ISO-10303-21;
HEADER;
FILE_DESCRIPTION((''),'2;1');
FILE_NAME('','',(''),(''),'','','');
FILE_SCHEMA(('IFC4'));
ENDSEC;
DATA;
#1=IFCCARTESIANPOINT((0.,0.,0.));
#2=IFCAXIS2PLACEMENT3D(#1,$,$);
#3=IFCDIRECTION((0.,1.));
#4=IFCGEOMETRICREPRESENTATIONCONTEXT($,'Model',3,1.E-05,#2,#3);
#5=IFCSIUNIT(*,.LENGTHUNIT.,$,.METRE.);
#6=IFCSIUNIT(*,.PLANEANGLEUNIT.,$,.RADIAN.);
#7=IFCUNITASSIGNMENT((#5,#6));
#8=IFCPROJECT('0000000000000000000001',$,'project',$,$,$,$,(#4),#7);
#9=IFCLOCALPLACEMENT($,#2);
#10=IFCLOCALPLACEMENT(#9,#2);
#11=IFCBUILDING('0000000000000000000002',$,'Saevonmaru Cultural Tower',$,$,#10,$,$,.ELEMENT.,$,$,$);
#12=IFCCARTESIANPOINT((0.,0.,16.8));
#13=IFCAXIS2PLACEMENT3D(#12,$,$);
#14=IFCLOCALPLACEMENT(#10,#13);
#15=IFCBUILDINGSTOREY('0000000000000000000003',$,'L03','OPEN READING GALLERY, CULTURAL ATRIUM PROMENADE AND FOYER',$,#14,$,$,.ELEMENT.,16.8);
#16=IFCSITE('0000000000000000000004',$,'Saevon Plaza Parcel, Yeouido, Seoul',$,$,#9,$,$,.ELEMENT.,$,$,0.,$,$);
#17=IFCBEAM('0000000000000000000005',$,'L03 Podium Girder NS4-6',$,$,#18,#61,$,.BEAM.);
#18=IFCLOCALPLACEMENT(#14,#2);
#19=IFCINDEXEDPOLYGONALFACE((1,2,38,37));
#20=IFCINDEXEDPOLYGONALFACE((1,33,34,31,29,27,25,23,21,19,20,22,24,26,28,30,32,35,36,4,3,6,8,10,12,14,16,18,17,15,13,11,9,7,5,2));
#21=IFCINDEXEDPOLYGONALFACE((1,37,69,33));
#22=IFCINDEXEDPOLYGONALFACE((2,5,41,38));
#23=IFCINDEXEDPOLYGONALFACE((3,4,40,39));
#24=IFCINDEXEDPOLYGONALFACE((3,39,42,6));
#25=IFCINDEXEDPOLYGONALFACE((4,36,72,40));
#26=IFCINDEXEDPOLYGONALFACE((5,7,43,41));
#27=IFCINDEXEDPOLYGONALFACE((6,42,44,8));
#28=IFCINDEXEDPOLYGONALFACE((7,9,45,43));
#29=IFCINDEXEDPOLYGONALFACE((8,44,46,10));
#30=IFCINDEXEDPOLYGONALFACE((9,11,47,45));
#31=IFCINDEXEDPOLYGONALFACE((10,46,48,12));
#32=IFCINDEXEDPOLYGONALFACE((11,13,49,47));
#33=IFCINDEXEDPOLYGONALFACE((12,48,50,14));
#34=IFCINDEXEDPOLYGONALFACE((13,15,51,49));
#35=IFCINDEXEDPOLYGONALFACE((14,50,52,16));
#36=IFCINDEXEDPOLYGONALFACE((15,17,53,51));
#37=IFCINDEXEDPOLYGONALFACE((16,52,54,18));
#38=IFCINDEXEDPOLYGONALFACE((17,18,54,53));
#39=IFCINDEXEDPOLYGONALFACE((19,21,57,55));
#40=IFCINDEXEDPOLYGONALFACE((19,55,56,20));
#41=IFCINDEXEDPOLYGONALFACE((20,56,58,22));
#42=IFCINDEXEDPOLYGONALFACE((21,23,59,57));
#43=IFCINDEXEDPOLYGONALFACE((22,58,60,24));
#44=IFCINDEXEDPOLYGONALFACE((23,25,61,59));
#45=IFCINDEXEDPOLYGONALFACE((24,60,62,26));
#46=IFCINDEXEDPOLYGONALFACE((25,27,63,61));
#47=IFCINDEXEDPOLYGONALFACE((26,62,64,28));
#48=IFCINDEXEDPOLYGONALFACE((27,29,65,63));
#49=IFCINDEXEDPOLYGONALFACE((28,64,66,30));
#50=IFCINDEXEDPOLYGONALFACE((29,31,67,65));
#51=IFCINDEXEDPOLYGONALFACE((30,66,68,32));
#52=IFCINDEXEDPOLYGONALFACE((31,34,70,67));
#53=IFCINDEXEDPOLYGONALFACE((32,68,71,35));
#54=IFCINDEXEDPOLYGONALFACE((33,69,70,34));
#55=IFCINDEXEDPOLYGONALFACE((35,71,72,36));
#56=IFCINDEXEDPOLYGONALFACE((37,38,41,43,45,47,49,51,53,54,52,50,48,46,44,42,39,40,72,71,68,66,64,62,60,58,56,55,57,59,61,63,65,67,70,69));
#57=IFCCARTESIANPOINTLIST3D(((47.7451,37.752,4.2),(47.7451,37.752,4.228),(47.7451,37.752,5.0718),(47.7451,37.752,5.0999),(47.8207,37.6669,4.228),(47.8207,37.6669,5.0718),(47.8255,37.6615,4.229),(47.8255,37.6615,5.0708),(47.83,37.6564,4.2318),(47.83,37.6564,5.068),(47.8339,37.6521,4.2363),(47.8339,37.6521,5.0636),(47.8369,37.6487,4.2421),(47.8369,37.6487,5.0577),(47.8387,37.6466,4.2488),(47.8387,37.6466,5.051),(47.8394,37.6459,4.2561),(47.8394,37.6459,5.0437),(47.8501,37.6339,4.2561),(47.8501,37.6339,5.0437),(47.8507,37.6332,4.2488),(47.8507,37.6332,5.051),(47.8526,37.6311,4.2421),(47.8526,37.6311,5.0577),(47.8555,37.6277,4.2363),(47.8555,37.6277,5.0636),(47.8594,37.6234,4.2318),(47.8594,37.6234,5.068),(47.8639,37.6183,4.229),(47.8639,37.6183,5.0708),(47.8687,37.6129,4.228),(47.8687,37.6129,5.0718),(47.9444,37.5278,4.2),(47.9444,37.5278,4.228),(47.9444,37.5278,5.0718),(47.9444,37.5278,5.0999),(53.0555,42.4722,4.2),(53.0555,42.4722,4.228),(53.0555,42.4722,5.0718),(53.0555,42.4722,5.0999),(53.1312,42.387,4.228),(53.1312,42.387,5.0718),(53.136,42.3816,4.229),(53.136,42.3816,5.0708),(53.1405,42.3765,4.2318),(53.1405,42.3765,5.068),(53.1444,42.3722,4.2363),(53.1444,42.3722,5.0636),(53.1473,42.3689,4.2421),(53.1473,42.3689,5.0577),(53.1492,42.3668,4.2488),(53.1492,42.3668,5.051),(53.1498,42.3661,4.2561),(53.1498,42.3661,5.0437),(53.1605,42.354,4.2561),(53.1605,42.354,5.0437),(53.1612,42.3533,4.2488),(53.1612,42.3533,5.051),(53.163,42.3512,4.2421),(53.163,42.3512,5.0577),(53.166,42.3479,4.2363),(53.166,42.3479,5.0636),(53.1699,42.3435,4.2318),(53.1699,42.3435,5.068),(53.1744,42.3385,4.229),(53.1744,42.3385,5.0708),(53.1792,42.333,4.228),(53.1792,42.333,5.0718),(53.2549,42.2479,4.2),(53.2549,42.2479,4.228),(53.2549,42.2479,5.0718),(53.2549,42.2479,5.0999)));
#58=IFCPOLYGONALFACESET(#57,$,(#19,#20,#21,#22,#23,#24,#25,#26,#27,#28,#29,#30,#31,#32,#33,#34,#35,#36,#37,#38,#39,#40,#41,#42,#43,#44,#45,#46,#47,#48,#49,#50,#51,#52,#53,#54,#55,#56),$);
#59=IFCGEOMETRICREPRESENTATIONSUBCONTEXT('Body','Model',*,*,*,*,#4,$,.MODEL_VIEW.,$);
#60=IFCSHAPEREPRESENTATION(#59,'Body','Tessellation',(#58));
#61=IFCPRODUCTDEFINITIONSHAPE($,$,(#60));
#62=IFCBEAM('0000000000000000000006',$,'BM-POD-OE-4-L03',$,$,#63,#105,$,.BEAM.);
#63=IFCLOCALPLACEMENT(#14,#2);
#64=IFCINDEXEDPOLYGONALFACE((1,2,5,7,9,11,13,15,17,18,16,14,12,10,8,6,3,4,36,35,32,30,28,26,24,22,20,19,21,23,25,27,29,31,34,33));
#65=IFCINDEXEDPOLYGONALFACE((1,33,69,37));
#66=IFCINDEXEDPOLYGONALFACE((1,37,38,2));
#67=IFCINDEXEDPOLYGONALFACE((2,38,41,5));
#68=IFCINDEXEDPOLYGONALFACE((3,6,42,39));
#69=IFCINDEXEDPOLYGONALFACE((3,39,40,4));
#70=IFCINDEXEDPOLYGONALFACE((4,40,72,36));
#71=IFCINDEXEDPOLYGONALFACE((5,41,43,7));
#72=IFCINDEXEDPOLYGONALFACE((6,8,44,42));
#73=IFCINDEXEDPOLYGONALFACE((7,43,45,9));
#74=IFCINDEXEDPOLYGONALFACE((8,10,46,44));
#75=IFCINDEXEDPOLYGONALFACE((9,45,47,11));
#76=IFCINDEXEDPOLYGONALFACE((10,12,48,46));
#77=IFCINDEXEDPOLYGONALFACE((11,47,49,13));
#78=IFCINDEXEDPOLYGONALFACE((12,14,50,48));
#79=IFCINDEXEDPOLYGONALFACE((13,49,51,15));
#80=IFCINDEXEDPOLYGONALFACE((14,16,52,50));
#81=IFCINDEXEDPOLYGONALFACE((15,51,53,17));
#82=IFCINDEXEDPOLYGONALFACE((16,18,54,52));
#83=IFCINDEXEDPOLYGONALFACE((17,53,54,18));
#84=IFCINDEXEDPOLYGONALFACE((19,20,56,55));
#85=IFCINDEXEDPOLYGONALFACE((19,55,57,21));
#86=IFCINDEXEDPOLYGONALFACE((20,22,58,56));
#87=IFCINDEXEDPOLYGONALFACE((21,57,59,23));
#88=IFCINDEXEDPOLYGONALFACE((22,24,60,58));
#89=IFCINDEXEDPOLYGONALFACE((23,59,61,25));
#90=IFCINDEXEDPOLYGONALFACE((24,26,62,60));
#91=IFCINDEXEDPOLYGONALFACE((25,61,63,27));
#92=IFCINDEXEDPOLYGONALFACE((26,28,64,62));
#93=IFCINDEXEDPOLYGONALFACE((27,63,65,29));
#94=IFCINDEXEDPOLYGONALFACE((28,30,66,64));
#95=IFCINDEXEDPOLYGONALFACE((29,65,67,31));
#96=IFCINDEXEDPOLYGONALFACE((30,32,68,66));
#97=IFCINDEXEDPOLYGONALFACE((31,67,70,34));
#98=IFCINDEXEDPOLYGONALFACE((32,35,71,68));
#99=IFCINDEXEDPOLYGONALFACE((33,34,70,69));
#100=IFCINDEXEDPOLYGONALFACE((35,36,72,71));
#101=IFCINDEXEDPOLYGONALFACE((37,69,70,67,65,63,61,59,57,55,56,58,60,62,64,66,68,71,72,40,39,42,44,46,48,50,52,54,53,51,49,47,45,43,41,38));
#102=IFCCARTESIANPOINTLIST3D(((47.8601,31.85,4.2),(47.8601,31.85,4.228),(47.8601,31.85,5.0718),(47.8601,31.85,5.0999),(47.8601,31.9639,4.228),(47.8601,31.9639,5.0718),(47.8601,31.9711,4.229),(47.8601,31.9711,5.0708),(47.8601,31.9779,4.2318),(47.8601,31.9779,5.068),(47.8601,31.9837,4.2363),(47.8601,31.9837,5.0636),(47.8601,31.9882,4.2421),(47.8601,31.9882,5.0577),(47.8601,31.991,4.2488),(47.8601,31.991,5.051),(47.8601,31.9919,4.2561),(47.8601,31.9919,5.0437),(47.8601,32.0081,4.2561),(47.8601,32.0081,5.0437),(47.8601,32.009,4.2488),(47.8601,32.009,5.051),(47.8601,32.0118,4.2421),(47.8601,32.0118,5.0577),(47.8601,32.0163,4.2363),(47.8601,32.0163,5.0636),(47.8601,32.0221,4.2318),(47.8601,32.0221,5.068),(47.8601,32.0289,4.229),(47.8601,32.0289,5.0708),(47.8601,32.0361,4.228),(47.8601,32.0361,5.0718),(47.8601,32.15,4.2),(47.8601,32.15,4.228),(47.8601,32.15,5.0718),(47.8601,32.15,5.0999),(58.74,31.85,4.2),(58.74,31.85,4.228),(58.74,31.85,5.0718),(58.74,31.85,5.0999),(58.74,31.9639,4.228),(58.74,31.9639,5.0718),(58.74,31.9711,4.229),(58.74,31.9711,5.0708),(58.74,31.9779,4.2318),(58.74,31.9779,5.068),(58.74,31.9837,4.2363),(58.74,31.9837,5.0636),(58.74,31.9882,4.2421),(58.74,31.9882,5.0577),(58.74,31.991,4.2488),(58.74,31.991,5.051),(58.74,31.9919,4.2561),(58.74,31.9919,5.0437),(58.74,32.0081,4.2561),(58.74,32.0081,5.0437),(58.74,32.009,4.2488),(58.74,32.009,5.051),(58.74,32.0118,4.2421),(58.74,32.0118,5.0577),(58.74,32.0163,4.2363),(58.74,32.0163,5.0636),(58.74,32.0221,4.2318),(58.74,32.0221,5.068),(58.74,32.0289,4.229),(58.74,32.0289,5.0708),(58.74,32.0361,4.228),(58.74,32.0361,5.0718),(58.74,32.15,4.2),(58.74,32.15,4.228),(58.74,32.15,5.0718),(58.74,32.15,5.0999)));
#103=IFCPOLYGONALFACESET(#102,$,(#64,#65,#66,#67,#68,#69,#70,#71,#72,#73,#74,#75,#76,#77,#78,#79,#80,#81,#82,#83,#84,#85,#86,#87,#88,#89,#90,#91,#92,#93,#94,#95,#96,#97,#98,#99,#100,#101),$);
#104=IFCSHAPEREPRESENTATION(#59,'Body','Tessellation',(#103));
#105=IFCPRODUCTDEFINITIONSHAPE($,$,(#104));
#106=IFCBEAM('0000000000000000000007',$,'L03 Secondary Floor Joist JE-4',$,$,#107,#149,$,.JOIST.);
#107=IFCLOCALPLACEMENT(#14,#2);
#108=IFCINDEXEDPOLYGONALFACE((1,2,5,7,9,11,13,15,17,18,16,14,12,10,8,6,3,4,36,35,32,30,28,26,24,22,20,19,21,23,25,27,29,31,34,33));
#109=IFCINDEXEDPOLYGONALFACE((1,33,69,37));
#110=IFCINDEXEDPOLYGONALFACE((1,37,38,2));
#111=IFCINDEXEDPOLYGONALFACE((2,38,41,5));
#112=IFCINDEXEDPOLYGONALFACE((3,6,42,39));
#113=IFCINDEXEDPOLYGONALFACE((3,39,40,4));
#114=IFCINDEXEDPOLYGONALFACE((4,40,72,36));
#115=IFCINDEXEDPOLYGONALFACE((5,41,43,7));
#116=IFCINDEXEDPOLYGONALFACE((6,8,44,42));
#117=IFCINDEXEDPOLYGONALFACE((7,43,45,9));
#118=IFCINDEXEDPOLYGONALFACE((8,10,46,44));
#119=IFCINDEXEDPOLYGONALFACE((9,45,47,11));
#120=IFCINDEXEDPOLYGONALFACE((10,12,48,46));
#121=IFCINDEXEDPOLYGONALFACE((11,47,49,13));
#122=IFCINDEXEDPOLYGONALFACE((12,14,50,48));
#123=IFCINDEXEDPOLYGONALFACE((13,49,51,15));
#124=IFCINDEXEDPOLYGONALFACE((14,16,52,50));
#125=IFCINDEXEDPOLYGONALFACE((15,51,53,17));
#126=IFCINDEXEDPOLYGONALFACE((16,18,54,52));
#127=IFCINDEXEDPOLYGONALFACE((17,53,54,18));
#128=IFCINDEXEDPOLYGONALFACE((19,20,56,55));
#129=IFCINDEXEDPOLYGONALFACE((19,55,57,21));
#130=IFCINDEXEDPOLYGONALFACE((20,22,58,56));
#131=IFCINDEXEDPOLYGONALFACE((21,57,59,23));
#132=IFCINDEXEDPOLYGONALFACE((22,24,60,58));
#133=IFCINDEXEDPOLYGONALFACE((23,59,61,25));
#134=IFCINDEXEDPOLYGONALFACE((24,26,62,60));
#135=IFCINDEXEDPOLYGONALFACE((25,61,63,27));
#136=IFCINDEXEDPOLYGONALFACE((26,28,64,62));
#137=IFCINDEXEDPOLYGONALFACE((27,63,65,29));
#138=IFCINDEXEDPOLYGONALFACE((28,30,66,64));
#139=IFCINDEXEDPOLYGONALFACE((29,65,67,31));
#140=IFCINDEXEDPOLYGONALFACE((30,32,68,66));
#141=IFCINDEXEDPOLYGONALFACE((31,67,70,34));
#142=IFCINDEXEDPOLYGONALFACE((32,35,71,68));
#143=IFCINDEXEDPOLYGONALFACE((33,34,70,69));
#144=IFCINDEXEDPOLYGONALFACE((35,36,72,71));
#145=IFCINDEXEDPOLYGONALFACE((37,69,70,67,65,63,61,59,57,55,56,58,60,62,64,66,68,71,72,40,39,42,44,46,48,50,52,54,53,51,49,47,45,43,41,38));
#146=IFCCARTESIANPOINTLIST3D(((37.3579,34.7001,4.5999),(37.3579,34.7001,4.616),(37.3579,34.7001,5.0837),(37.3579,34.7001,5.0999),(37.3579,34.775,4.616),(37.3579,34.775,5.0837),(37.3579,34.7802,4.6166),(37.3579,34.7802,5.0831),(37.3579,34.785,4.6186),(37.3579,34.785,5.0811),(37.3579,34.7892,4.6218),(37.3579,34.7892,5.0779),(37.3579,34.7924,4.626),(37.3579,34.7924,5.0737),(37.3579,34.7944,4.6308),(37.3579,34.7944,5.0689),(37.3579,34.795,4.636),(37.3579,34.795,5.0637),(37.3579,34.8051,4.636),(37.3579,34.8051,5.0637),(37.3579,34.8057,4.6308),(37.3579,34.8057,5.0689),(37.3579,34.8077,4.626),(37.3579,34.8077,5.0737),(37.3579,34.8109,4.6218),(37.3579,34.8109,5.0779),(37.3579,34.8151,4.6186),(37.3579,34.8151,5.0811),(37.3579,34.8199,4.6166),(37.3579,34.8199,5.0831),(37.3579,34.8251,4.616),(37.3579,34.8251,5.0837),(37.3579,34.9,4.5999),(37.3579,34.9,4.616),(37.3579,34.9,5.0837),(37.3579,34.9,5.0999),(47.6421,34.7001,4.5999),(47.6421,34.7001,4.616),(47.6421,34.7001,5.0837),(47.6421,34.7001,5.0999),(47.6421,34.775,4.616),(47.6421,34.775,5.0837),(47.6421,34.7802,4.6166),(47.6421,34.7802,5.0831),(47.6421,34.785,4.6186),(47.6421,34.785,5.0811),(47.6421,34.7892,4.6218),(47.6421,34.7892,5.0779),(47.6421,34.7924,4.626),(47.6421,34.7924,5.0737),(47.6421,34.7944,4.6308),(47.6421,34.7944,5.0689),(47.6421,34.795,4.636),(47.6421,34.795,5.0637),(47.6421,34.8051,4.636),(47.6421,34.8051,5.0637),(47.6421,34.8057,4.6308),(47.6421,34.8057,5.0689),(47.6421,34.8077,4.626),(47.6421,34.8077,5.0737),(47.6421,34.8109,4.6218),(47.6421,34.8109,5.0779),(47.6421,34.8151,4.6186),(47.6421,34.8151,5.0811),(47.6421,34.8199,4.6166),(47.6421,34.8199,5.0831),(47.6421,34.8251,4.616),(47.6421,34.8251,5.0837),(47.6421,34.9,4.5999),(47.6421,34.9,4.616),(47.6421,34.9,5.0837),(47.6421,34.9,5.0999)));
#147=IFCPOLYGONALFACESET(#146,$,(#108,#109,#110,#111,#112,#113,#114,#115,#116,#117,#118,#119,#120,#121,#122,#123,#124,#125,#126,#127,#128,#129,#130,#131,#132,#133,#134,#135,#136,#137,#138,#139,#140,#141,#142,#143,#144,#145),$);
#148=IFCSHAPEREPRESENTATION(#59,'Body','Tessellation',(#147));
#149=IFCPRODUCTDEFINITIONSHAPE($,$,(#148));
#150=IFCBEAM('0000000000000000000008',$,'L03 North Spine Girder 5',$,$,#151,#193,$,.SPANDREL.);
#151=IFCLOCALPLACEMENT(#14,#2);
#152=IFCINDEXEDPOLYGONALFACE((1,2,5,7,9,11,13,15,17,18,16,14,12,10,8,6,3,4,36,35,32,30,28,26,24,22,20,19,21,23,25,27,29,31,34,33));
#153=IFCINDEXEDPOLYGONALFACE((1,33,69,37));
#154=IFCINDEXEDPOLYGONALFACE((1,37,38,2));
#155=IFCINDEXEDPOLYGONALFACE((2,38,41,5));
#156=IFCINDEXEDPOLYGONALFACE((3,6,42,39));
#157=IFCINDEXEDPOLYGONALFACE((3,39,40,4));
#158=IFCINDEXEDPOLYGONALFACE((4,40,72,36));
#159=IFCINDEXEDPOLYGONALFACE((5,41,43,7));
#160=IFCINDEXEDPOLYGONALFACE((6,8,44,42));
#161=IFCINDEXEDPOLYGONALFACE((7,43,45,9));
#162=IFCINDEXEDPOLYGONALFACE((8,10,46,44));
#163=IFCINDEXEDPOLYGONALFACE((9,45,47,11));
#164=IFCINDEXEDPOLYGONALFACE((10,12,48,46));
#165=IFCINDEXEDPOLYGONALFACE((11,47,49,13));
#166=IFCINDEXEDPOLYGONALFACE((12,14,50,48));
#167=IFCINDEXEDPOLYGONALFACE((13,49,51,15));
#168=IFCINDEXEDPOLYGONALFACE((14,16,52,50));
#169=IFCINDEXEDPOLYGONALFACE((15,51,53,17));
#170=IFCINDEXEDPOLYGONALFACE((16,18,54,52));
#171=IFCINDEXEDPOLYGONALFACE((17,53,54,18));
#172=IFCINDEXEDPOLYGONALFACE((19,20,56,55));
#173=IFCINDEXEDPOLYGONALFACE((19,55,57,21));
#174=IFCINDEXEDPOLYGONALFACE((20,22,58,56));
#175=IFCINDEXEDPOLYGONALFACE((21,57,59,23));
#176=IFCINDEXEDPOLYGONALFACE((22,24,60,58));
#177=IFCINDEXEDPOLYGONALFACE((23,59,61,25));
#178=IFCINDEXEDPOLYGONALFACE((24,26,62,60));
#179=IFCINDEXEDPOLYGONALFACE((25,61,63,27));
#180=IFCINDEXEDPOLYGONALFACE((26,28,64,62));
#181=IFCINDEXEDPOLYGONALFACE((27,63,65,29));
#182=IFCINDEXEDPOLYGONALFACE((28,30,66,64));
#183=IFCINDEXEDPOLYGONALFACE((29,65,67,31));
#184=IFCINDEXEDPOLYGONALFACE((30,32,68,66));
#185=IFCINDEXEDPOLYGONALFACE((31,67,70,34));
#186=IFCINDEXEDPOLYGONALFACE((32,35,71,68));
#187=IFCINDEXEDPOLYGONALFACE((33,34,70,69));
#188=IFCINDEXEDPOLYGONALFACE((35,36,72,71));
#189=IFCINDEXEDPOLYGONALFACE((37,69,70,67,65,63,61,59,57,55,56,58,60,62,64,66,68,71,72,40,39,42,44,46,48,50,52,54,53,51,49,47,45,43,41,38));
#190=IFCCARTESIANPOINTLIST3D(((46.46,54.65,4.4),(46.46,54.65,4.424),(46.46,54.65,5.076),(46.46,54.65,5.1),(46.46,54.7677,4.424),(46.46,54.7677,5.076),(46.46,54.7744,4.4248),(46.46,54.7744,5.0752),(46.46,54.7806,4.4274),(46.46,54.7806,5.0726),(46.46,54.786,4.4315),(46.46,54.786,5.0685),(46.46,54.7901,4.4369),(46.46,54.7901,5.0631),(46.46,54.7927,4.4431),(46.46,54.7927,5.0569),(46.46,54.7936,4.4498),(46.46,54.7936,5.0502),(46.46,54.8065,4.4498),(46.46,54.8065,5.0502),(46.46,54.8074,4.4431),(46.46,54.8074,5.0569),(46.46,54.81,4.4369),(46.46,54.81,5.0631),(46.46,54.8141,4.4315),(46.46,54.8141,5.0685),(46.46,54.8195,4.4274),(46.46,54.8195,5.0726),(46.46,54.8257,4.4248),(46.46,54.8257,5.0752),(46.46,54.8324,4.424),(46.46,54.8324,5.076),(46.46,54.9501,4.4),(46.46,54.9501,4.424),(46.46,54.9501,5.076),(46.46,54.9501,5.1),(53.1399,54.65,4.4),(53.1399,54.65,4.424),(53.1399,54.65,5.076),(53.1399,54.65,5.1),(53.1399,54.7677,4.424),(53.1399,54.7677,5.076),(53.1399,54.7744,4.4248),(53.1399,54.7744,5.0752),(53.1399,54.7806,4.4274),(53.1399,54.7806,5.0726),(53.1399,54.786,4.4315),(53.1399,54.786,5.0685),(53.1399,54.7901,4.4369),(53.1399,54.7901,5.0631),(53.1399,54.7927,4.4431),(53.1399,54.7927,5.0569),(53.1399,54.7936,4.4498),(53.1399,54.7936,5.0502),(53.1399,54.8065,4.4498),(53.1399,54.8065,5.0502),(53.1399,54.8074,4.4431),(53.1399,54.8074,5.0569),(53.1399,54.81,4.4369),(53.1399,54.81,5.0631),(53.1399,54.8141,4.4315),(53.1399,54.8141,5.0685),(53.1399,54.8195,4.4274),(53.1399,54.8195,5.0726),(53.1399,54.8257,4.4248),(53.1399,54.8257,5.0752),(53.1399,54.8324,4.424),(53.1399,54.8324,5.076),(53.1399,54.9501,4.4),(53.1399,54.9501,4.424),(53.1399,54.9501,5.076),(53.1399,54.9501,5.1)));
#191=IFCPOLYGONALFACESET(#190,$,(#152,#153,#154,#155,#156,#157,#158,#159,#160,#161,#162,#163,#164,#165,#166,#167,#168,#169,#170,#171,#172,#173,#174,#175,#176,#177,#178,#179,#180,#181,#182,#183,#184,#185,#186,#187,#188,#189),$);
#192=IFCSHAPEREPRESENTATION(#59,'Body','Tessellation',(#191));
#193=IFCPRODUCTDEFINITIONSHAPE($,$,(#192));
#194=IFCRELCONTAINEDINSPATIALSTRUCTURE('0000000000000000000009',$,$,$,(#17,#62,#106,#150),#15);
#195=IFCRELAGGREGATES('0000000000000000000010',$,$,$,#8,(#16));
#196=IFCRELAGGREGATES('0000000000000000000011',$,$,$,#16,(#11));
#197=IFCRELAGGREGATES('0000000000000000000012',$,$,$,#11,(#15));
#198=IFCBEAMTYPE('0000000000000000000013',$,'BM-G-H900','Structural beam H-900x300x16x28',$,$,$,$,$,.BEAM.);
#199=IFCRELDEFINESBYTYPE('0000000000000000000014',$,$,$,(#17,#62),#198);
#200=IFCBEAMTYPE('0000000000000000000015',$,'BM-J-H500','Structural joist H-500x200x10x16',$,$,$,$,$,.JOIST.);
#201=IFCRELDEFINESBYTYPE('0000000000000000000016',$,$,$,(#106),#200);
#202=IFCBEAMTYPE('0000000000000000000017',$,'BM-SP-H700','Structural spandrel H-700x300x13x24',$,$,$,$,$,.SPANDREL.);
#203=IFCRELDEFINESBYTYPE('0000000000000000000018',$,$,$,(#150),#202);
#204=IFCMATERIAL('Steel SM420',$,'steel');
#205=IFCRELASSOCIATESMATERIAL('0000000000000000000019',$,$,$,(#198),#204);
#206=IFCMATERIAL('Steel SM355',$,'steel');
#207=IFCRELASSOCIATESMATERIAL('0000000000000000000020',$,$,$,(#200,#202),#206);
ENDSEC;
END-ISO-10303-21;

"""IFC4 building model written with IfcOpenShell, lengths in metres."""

from ifc_helpers import new_model, si_unit, direction, frame, origin, origin_2d, place, context, subcontext, project, spatial, i_section, extrude, material, material_profile, profile_set, type_object, element, save


model = new_model("IFC4")

# Units and contexts
model_context = context("Model", 3, precision=1e-05, world=origin(), true_north=direction((0.0, 1.0)))
body_context = subcontext(model_context, "Body", "Model", "MODEL_VIEW")
ifc_project = project(units=[si_unit("LENGTHUNIT", "METRE"), si_unit("PLANEANGLEUNIT", "RADIAN")], contexts=[model_context])

# Site, building, storey
site_placement = place(None, origin())
site = spatial("IfcSite", under=ifc_project, at=site_placement, Name="Saevon Plaza Parcel, Yeouido, Seoul", CompositionType="ELEMENT", RefElevation=0.0)
building_placement = place(site_placement, origin())
building = spatial("IfcBuilding", under=site, at=building_placement, Name="Saevonmaru Cultural Tower", CompositionType="ELEMENT")
storey_placement = place(building_placement, frame((0.0, 0.0, 16.8)))
storey = spatial("IfcBuildingStorey", under=building, at=storey_placement, Name="L03", Description="OPEN READING GALLERY, CULTURAL ATRIUM PROMENADE AND FOYER", CompositionType="ELEMENT", Elevation=16.8)

# Shared definitions
ifc_material_1 = material(Name="Steel SM355", Category="steel")

# Beams
ifc_material_2 = material(Name="Steel SM420", Category="steel")
ifc_material_profile_1 = material_profile(ifc_material_2, i_section(OverallWidth=0.3, OverallDepth=0.8999, WebThickness=0.0161, FlangeThickness=0.0281, FilletRadius=0.0281, at=origin_2d()), Name="H-900x300x16x28")
ifc_profile_set_1 = profile_set([ifc_material_profile_1], Name="Steel SM420")
beam_type_1 = type_object("IfcBeamType", Name="BM-G-H900", Description="Structural beam H-900x300x16x28", PredefinedType="BEAM", material=ifc_profile_set_1)
beam_1_placement = place(storey_placement, frame((47.8447, 37.6399, 4.6499), z_axis=(0.747428, 0.664343, 0.0), x_axis=(-0.664343, 0.747428, 0.0)))
element("IfcBeam", 1, at=beam_1_placement, inside=storey, type_object=beam_type_1, Name="L03 Podium Girder NS4-6", PredefinedType="BEAM", context=body_context, shape_type="SweptSolid", body=[
    extrude(i_section(OverallWidth=0.3, OverallDepth=0.8999, WebThickness=0.0161, FlangeThickness=0.0281, FilletRadius=0.0281, at=origin_2d()), origin(), (0.0, 0.0, 1.0), 7.105),
])
beam_2_placement = place(storey_placement, frame((47.8601, 32.0, 4.6499), z_axis=(1.0, 0.0, 0.0), x_axis=(0.0, 1.0, 0.0)))
element("IfcBeam", 2, at=beam_2_placement, inside=storey, type_object=beam_type_1, Name="BM-POD-OE-4-L03", PredefinedType="BEAM", context=body_context, shape_type="SweptSolid", body=[
    extrude(i_section(OverallWidth=0.3, OverallDepth=0.8999, WebThickness=0.0161, FlangeThickness=0.0281, FilletRadius=0.0281, at=origin_2d()), origin(), (0.0, 0.0, 1.0), 10.8799),
])
ifc_material_profile_2 = material_profile(ifc_material_1, i_section(OverallWidth=0.2, OverallDepth=0.5, WebThickness=0.01, FlangeThickness=0.0161, FilletRadius=0.02, at=origin_2d()), Name="H-500x200x10x16")
ifc_profile_set_2 = profile_set([ifc_material_profile_2], Name="Steel SM355")
beam_type_2 = type_object("IfcBeamType", Name="BM-J-H500", Description="Structural joist H-500x200x10x16", PredefinedType="JOIST", material=ifc_profile_set_2)
beam_3_placement = place(storey_placement, frame((37.3579, 34.8, 4.8499), z_axis=(1.0, 0.0, 0.0), x_axis=(0.0, 1.0, 0.0)))
element("IfcBeam", 3, at=beam_3_placement, inside=storey, type_object=beam_type_2, Name="L03 Secondary Floor Joist JE-4", PredefinedType="JOIST", context=body_context, shape_type="SweptSolid", body=[
    extrude(i_section(OverallWidth=0.2, OverallDepth=0.5, WebThickness=0.01, FlangeThickness=0.0161, FilletRadius=0.02, at=origin_2d()), origin(), (0.0, 0.0, 1.0), 10.2842),
])
ifc_material_profile_3 = material_profile(ifc_material_1, i_section(OverallWidth=0.3, OverallDepth=0.7, WebThickness=0.0129, FlangeThickness=0.0239, FilletRadius=0.0259, at=origin_2d()), Name="H-700x300x13x24")
ifc_profile_set_3 = profile_set([ifc_material_profile_3], Name="Steel SM355")
beam_type_3 = type_object("IfcBeamType", Name="BM-SP-H700", Description="Structural spandrel H-700x300x13x24", PredefinedType="SPANDREL", material=ifc_profile_set_3)
beam_4_placement = place(storey_placement, frame((46.46, 54.8, 4.75), z_axis=(1.0, 0.0, 0.0), x_axis=(0.0, 1.0, 0.0)))
element("IfcBeam", 4, at=beam_4_placement, inside=storey, type_object=beam_type_3, Name="L03 North Spine Girder 5", PredefinedType="SPANDREL", context=body_context, shape_type="SweptSolid", body=[
    extrude(i_section(OverallWidth=0.3, OverallDepth=0.7, WebThickness=0.0129, FlangeThickness=0.0239, FilletRadius=0.0259, at=origin_2d()), origin(), (0.0, 0.0, 1.0), 6.6799),
])

save(model, "model.ifc")
